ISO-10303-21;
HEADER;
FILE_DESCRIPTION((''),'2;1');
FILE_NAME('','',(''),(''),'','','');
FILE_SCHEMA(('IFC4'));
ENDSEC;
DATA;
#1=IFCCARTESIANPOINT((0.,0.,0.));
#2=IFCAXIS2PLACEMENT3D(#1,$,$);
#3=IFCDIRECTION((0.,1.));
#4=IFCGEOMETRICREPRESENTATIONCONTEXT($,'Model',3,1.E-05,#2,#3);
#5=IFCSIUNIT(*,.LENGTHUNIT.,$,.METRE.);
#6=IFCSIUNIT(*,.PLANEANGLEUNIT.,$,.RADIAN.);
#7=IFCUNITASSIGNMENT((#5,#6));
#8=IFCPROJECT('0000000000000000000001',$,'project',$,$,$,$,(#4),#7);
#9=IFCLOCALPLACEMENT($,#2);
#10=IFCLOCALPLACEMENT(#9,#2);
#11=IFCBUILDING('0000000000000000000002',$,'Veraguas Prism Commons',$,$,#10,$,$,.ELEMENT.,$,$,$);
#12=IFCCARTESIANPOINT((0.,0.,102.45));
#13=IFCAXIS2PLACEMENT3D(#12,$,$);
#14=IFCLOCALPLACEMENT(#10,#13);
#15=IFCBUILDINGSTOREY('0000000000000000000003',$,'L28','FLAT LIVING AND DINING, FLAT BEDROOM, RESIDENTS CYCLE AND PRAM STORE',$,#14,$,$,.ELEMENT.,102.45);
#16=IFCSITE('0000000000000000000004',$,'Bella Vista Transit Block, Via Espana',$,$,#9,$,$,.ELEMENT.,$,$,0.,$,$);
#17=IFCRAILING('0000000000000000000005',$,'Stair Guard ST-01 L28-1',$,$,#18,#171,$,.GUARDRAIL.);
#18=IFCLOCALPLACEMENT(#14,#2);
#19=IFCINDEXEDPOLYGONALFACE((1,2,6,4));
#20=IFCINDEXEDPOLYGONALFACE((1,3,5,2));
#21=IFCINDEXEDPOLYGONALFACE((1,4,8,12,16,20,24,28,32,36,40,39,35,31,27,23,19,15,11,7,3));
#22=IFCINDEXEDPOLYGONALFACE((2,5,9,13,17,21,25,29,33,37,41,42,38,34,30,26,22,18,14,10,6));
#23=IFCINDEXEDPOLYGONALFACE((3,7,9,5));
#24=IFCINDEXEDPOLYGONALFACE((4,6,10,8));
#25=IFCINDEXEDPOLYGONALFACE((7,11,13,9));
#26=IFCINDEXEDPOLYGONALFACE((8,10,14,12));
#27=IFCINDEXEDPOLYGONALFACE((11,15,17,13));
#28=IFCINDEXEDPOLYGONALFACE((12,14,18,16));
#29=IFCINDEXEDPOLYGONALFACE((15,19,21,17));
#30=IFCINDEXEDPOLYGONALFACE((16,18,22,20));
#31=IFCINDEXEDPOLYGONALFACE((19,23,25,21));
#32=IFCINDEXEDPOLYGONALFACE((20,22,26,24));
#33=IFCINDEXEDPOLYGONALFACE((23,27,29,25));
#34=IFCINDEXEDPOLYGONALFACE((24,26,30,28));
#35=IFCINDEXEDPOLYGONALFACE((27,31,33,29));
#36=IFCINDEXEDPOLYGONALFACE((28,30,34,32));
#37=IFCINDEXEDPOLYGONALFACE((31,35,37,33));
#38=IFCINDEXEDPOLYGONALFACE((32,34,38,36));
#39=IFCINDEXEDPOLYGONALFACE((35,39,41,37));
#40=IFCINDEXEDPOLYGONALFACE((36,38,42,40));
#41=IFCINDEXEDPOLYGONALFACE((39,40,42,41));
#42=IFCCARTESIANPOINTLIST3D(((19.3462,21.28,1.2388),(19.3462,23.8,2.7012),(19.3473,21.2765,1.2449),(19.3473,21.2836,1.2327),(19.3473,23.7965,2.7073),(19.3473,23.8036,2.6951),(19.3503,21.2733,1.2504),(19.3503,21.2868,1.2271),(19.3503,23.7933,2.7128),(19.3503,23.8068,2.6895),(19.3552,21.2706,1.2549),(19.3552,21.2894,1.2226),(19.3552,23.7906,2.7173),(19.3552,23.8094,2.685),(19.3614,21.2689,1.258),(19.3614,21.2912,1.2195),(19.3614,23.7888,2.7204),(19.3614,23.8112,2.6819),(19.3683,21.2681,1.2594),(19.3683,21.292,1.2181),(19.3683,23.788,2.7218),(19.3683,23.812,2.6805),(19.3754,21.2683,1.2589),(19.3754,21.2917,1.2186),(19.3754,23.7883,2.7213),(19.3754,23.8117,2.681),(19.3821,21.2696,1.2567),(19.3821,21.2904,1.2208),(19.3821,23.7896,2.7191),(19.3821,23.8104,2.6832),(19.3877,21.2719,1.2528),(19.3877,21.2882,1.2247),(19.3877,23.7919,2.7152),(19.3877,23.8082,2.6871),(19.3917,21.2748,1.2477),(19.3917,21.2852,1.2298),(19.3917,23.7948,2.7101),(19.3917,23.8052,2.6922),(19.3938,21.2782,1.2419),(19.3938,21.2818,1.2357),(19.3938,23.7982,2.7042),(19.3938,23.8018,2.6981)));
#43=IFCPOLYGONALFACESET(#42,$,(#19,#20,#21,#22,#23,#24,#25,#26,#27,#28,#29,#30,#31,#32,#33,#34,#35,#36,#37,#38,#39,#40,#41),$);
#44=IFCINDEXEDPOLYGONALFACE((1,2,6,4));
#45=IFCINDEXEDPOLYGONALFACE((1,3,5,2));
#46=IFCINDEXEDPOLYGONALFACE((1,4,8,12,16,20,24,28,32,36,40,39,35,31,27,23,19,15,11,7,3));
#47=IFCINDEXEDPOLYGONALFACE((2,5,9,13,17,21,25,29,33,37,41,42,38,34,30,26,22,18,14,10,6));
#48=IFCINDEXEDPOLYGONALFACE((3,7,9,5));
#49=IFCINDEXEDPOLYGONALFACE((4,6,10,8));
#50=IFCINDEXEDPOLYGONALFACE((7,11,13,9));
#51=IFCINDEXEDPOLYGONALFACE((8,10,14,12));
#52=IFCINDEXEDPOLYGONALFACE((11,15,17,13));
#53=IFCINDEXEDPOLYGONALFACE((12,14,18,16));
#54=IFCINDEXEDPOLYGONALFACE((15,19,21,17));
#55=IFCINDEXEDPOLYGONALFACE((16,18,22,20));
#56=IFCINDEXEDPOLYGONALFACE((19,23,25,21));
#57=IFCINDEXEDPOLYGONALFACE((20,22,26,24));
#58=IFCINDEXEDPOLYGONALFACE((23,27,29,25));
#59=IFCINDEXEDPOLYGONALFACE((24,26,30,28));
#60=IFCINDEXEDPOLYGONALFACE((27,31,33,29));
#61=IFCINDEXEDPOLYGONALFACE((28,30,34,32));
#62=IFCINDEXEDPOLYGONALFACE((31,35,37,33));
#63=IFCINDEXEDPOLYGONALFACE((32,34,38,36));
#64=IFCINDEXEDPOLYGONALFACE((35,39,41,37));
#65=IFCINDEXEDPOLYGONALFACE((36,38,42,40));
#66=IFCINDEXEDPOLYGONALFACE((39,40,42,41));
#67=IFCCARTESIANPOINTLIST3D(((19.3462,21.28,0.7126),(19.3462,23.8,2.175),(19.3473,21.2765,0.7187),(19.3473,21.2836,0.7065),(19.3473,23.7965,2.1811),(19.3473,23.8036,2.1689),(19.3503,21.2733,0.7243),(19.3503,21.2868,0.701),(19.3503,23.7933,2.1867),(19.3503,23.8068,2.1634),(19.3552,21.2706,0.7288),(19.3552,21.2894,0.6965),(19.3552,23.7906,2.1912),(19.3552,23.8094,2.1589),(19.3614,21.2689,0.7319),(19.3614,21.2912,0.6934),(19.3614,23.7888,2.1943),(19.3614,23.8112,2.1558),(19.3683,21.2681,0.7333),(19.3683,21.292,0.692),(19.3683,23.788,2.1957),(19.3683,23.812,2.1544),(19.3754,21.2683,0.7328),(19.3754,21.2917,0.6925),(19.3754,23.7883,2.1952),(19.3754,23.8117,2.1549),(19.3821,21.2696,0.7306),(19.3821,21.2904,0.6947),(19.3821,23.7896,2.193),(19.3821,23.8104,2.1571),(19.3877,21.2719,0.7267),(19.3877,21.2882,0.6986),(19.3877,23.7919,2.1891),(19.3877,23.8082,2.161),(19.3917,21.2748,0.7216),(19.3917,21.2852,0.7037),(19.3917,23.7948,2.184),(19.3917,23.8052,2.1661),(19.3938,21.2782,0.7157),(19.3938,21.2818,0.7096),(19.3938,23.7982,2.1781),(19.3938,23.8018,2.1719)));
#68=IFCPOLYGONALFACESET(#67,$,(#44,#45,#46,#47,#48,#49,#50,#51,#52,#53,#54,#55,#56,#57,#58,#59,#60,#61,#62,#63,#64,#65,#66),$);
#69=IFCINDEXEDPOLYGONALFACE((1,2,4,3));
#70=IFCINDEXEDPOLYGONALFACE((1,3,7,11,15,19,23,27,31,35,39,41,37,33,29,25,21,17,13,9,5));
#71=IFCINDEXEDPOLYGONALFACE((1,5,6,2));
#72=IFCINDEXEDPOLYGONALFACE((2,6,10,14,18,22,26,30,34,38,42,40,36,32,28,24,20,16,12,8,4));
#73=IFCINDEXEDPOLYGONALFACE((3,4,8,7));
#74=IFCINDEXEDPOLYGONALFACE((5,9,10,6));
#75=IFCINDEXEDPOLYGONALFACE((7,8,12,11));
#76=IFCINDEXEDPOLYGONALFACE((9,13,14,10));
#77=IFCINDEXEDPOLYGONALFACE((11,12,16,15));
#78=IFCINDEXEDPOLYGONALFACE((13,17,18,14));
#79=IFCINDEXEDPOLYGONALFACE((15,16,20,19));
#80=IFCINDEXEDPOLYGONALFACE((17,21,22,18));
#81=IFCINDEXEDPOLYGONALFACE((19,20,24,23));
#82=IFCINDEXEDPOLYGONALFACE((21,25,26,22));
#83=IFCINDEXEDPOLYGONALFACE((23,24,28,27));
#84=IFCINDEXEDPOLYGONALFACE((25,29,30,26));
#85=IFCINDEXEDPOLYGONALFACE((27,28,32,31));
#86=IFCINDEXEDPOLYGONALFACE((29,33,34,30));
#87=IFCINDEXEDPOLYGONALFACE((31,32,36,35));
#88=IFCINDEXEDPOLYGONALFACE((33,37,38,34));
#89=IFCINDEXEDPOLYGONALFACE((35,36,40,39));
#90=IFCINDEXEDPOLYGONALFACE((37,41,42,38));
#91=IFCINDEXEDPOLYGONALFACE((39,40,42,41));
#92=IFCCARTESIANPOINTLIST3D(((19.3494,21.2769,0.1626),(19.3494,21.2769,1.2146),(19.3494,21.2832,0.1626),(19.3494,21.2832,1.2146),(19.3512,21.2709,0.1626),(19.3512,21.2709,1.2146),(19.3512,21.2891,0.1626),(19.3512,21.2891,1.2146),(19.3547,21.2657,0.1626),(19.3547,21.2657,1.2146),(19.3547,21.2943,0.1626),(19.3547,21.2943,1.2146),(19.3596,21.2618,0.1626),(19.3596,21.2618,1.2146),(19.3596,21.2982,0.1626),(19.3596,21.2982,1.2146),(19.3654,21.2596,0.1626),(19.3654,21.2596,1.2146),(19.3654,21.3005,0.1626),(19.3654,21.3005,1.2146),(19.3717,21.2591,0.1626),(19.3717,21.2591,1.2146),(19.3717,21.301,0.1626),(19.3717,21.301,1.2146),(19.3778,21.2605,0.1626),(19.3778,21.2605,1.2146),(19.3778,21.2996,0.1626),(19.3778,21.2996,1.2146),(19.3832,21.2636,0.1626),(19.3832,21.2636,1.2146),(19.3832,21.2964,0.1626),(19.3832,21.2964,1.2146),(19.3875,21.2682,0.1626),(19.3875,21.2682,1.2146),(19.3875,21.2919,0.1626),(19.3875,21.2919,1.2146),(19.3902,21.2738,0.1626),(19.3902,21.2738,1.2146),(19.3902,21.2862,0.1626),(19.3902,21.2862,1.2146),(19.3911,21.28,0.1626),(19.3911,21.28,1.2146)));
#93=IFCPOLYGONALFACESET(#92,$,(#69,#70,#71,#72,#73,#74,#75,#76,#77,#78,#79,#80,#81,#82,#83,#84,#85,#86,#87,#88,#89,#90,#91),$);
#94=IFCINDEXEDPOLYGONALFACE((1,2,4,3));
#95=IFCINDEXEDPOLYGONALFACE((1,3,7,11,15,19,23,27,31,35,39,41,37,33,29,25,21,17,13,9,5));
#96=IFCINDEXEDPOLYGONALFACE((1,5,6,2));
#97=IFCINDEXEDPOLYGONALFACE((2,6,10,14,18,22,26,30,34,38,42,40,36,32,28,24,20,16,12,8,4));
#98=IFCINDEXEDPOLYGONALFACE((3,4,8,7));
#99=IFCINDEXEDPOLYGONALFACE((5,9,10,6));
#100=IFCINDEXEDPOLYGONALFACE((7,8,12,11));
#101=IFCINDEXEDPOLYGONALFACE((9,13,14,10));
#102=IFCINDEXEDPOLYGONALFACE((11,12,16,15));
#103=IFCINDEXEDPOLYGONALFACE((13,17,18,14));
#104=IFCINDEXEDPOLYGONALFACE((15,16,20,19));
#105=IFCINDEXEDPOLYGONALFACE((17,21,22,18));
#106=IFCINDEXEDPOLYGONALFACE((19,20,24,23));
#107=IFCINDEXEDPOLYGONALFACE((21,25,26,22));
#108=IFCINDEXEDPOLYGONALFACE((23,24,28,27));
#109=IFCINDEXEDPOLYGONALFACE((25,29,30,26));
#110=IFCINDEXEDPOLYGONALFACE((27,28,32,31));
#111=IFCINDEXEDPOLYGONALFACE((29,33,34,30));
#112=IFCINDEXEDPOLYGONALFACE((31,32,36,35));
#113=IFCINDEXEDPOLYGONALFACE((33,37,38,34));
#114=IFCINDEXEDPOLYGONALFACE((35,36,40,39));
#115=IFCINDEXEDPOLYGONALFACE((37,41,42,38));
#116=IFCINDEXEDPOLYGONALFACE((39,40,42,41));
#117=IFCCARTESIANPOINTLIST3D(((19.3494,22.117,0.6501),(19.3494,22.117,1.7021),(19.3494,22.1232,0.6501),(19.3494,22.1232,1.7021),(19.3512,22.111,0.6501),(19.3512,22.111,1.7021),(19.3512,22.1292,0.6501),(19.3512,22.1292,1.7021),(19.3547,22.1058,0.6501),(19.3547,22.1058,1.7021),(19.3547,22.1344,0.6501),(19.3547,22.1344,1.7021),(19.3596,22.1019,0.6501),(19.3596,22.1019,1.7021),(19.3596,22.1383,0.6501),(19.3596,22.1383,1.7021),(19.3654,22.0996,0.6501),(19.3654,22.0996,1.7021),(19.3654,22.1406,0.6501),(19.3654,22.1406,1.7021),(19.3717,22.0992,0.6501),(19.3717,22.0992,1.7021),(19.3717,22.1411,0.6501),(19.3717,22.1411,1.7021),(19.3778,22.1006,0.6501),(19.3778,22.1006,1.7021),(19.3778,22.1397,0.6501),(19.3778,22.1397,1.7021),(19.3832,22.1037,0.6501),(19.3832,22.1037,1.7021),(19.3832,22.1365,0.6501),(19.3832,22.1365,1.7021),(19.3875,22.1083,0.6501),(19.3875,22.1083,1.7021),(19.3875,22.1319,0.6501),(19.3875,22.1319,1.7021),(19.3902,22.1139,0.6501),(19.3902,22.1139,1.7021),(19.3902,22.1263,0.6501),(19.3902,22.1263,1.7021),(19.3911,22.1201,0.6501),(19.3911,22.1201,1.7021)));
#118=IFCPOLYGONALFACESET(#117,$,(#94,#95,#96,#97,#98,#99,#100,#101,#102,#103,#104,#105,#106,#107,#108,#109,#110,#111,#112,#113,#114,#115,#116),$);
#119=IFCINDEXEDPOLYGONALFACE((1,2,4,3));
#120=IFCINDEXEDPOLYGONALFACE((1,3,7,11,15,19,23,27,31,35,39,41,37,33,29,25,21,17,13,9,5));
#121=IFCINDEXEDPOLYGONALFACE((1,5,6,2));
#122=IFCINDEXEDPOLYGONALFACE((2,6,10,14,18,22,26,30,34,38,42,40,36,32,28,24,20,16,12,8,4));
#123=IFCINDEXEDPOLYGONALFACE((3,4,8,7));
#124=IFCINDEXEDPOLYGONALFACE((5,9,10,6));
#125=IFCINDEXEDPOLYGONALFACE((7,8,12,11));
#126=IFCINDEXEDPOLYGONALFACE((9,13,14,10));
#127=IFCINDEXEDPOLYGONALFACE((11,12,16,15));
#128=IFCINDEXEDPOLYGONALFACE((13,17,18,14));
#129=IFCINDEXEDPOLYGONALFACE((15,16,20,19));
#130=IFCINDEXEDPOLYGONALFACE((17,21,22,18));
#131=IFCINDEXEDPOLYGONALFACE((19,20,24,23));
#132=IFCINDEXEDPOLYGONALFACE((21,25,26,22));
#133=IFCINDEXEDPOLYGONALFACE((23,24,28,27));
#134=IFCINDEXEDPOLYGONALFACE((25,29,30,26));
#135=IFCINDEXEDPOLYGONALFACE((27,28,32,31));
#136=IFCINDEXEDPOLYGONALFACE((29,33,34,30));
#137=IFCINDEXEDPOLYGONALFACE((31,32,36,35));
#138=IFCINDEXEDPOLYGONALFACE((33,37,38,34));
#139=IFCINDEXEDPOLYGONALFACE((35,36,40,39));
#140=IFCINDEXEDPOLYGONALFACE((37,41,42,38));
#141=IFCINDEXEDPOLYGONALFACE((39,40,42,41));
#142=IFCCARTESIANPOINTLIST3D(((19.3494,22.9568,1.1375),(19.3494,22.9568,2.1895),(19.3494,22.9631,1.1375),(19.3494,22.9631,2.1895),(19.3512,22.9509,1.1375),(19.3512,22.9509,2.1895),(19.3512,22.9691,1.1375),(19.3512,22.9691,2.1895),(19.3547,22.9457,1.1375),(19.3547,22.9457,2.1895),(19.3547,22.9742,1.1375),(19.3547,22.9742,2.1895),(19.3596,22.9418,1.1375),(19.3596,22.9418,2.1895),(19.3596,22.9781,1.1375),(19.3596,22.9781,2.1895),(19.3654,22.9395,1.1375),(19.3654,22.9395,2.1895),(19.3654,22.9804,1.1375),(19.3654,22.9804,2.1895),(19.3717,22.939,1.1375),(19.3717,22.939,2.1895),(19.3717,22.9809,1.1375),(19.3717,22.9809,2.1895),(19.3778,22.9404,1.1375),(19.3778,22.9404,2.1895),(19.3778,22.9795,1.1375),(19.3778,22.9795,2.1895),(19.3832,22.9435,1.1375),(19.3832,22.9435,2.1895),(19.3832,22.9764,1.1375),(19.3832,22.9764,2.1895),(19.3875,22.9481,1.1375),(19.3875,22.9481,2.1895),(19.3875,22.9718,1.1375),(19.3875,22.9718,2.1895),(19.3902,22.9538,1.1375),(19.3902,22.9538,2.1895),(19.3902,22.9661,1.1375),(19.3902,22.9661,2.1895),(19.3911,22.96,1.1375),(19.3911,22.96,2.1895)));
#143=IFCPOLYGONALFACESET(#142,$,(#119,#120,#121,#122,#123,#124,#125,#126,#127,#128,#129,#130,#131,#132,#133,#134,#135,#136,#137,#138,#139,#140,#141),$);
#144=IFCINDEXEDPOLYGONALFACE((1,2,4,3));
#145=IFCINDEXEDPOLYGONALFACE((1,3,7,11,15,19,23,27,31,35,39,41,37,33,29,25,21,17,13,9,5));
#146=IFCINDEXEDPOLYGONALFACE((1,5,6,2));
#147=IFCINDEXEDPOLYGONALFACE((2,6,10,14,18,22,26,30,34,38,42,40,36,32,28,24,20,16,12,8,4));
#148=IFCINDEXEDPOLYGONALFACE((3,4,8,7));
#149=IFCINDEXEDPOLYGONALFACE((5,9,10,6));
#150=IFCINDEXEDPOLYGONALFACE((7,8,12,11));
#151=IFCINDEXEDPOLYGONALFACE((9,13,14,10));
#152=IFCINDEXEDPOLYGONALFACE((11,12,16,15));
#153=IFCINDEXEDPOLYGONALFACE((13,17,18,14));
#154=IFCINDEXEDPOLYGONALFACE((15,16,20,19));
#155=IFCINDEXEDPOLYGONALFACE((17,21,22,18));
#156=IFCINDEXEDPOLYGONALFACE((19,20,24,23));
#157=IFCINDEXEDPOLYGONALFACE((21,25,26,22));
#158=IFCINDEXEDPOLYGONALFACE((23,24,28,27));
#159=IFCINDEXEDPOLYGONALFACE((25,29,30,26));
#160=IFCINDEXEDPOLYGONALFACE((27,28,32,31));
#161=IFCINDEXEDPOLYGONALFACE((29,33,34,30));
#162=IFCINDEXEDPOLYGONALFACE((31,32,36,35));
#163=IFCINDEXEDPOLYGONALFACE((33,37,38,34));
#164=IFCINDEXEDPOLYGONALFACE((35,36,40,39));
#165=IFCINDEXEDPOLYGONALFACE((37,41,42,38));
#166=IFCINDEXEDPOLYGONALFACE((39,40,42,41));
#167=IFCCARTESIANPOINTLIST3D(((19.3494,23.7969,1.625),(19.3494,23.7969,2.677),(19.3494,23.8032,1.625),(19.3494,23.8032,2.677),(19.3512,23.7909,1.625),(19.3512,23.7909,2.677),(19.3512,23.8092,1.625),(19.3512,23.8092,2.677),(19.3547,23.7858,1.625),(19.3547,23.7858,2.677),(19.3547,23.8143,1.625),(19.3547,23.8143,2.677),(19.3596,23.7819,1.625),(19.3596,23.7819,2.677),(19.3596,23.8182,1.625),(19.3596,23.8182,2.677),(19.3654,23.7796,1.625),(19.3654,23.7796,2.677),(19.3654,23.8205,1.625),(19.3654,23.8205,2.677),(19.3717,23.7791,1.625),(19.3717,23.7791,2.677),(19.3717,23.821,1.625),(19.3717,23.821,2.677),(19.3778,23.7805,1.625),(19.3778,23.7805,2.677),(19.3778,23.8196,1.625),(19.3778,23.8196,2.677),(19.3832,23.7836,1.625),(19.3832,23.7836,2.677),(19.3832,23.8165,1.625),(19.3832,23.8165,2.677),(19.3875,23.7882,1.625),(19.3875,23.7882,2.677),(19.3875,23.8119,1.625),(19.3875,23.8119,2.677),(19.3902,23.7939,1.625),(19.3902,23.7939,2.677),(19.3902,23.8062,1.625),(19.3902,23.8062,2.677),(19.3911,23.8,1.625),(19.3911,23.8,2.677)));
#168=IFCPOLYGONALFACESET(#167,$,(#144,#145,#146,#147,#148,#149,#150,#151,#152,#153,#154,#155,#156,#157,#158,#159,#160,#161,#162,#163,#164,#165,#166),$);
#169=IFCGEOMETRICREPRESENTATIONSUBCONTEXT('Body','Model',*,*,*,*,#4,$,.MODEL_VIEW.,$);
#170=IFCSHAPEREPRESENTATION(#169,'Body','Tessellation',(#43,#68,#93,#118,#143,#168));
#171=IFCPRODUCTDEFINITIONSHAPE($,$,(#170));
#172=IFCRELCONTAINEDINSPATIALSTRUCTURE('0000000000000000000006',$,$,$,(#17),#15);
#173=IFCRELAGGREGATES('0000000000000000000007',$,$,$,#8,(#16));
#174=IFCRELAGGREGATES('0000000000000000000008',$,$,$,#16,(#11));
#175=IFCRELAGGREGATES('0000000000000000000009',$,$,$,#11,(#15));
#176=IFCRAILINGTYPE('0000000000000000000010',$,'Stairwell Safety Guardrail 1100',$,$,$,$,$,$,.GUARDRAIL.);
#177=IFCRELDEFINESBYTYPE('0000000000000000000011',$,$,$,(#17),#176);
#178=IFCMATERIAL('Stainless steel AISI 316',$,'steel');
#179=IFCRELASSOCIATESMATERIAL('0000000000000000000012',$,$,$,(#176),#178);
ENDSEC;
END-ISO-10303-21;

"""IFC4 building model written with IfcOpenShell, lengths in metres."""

from ifc_helpers import new_model, si_unit, direction, frame, origin, origin_2d, place, context, subcontext, project, spatial, circle, extrude, material, type_object, element, save


model = new_model("IFC4")

# Units and contexts
model_context = context("Model", 3, precision=1e-05, world=origin(), true_north=direction((0.0, 1.0)))
body_context = subcontext(model_context, "Body", "Model", "MODEL_VIEW")
ifc_project = project(units=[si_unit("LENGTHUNIT", "METRE"), si_unit("PLANEANGLEUNIT", "RADIAN")], contexts=[model_context])

# Site, building, storey
site_placement = place(None, origin())
site = spatial("IfcSite", under=ifc_project, at=site_placement, Name="Bella Vista Transit Block, Via Espana", CompositionType="ELEMENT", RefElevation=0.0)
building_placement = place(site_placement, origin())
building = spatial("IfcBuilding", under=site, at=building_placement, Name="Veraguas Prism Commons", CompositionType="ELEMENT")
storey_placement = place(building_placement, frame((0.0, 0.0, 102.45)))
storey = spatial("IfcBuildingStorey", under=building, at=storey_placement, Name="L28", Description="FLAT LIVING AND DINING, FLAT BEDROOM, RESIDENTS CYCLE AND PRAM STORE", CompositionType="ELEMENT", Elevation=102.45)

# Railing
ifc_material_1 = material(Name="Stainless steel AISI 316", Category="steel")
railing_type_1 = type_object("IfcRailingType", Name="Stairwell Safety Guardrail 1100", PredefinedType="GUARDRAIL", material=ifc_material_1)
railing_1_placement = place(storey_placement, frame((19.3701, 21.28, 0.1626)))
element("IfcRailing", 1, at=railing_1_placement, inside=storey, type_object=railing_type_1, Name="Stair Guard ST-01 L28-1", PredefinedType="GUARDRAIL", context=body_context, shape_type="SweptSolid", body=[
    extrude(circle(Radius=0.0239, at=origin_2d()), frame((0.0, 0.0, 1.0762), z_axis=(0.0, 0.864913, 0.501921), x_axis=(-1.0, 0.0, 0.0)), (0.0, 0.0, 1.0), 2.9136),
    extrude(circle(Radius=0.0239, at=origin_2d()), frame((0.0, 0.0, 0.55), z_axis=(0.0, 0.864913, 0.501921), x_axis=(-1.0, 0.0, 0.0)), (0.0, 0.0, 1.0), 2.9136),
    extrude(circle(Radius=0.021, at=origin_2d()), origin(), (0.0, 0.0, 1.0), 1.052),
    extrude(circle(Radius=0.021, at=origin_2d()), frame((0.0, 0.8401, 0.4875)), (0.0, 0.0, 1.0), 1.052),
    extrude(circle(Radius=0.021, at=origin_2d()), frame((0.0, 1.6799, 0.9749)), (0.0, 0.0, 1.0), 1.052),
    extrude(circle(Radius=0.021, at=origin_2d()), frame((0.0, 2.52, 1.4624)), (0.0, 0.0, 1.0), 1.052),
])

save(model, "model.ifc")
